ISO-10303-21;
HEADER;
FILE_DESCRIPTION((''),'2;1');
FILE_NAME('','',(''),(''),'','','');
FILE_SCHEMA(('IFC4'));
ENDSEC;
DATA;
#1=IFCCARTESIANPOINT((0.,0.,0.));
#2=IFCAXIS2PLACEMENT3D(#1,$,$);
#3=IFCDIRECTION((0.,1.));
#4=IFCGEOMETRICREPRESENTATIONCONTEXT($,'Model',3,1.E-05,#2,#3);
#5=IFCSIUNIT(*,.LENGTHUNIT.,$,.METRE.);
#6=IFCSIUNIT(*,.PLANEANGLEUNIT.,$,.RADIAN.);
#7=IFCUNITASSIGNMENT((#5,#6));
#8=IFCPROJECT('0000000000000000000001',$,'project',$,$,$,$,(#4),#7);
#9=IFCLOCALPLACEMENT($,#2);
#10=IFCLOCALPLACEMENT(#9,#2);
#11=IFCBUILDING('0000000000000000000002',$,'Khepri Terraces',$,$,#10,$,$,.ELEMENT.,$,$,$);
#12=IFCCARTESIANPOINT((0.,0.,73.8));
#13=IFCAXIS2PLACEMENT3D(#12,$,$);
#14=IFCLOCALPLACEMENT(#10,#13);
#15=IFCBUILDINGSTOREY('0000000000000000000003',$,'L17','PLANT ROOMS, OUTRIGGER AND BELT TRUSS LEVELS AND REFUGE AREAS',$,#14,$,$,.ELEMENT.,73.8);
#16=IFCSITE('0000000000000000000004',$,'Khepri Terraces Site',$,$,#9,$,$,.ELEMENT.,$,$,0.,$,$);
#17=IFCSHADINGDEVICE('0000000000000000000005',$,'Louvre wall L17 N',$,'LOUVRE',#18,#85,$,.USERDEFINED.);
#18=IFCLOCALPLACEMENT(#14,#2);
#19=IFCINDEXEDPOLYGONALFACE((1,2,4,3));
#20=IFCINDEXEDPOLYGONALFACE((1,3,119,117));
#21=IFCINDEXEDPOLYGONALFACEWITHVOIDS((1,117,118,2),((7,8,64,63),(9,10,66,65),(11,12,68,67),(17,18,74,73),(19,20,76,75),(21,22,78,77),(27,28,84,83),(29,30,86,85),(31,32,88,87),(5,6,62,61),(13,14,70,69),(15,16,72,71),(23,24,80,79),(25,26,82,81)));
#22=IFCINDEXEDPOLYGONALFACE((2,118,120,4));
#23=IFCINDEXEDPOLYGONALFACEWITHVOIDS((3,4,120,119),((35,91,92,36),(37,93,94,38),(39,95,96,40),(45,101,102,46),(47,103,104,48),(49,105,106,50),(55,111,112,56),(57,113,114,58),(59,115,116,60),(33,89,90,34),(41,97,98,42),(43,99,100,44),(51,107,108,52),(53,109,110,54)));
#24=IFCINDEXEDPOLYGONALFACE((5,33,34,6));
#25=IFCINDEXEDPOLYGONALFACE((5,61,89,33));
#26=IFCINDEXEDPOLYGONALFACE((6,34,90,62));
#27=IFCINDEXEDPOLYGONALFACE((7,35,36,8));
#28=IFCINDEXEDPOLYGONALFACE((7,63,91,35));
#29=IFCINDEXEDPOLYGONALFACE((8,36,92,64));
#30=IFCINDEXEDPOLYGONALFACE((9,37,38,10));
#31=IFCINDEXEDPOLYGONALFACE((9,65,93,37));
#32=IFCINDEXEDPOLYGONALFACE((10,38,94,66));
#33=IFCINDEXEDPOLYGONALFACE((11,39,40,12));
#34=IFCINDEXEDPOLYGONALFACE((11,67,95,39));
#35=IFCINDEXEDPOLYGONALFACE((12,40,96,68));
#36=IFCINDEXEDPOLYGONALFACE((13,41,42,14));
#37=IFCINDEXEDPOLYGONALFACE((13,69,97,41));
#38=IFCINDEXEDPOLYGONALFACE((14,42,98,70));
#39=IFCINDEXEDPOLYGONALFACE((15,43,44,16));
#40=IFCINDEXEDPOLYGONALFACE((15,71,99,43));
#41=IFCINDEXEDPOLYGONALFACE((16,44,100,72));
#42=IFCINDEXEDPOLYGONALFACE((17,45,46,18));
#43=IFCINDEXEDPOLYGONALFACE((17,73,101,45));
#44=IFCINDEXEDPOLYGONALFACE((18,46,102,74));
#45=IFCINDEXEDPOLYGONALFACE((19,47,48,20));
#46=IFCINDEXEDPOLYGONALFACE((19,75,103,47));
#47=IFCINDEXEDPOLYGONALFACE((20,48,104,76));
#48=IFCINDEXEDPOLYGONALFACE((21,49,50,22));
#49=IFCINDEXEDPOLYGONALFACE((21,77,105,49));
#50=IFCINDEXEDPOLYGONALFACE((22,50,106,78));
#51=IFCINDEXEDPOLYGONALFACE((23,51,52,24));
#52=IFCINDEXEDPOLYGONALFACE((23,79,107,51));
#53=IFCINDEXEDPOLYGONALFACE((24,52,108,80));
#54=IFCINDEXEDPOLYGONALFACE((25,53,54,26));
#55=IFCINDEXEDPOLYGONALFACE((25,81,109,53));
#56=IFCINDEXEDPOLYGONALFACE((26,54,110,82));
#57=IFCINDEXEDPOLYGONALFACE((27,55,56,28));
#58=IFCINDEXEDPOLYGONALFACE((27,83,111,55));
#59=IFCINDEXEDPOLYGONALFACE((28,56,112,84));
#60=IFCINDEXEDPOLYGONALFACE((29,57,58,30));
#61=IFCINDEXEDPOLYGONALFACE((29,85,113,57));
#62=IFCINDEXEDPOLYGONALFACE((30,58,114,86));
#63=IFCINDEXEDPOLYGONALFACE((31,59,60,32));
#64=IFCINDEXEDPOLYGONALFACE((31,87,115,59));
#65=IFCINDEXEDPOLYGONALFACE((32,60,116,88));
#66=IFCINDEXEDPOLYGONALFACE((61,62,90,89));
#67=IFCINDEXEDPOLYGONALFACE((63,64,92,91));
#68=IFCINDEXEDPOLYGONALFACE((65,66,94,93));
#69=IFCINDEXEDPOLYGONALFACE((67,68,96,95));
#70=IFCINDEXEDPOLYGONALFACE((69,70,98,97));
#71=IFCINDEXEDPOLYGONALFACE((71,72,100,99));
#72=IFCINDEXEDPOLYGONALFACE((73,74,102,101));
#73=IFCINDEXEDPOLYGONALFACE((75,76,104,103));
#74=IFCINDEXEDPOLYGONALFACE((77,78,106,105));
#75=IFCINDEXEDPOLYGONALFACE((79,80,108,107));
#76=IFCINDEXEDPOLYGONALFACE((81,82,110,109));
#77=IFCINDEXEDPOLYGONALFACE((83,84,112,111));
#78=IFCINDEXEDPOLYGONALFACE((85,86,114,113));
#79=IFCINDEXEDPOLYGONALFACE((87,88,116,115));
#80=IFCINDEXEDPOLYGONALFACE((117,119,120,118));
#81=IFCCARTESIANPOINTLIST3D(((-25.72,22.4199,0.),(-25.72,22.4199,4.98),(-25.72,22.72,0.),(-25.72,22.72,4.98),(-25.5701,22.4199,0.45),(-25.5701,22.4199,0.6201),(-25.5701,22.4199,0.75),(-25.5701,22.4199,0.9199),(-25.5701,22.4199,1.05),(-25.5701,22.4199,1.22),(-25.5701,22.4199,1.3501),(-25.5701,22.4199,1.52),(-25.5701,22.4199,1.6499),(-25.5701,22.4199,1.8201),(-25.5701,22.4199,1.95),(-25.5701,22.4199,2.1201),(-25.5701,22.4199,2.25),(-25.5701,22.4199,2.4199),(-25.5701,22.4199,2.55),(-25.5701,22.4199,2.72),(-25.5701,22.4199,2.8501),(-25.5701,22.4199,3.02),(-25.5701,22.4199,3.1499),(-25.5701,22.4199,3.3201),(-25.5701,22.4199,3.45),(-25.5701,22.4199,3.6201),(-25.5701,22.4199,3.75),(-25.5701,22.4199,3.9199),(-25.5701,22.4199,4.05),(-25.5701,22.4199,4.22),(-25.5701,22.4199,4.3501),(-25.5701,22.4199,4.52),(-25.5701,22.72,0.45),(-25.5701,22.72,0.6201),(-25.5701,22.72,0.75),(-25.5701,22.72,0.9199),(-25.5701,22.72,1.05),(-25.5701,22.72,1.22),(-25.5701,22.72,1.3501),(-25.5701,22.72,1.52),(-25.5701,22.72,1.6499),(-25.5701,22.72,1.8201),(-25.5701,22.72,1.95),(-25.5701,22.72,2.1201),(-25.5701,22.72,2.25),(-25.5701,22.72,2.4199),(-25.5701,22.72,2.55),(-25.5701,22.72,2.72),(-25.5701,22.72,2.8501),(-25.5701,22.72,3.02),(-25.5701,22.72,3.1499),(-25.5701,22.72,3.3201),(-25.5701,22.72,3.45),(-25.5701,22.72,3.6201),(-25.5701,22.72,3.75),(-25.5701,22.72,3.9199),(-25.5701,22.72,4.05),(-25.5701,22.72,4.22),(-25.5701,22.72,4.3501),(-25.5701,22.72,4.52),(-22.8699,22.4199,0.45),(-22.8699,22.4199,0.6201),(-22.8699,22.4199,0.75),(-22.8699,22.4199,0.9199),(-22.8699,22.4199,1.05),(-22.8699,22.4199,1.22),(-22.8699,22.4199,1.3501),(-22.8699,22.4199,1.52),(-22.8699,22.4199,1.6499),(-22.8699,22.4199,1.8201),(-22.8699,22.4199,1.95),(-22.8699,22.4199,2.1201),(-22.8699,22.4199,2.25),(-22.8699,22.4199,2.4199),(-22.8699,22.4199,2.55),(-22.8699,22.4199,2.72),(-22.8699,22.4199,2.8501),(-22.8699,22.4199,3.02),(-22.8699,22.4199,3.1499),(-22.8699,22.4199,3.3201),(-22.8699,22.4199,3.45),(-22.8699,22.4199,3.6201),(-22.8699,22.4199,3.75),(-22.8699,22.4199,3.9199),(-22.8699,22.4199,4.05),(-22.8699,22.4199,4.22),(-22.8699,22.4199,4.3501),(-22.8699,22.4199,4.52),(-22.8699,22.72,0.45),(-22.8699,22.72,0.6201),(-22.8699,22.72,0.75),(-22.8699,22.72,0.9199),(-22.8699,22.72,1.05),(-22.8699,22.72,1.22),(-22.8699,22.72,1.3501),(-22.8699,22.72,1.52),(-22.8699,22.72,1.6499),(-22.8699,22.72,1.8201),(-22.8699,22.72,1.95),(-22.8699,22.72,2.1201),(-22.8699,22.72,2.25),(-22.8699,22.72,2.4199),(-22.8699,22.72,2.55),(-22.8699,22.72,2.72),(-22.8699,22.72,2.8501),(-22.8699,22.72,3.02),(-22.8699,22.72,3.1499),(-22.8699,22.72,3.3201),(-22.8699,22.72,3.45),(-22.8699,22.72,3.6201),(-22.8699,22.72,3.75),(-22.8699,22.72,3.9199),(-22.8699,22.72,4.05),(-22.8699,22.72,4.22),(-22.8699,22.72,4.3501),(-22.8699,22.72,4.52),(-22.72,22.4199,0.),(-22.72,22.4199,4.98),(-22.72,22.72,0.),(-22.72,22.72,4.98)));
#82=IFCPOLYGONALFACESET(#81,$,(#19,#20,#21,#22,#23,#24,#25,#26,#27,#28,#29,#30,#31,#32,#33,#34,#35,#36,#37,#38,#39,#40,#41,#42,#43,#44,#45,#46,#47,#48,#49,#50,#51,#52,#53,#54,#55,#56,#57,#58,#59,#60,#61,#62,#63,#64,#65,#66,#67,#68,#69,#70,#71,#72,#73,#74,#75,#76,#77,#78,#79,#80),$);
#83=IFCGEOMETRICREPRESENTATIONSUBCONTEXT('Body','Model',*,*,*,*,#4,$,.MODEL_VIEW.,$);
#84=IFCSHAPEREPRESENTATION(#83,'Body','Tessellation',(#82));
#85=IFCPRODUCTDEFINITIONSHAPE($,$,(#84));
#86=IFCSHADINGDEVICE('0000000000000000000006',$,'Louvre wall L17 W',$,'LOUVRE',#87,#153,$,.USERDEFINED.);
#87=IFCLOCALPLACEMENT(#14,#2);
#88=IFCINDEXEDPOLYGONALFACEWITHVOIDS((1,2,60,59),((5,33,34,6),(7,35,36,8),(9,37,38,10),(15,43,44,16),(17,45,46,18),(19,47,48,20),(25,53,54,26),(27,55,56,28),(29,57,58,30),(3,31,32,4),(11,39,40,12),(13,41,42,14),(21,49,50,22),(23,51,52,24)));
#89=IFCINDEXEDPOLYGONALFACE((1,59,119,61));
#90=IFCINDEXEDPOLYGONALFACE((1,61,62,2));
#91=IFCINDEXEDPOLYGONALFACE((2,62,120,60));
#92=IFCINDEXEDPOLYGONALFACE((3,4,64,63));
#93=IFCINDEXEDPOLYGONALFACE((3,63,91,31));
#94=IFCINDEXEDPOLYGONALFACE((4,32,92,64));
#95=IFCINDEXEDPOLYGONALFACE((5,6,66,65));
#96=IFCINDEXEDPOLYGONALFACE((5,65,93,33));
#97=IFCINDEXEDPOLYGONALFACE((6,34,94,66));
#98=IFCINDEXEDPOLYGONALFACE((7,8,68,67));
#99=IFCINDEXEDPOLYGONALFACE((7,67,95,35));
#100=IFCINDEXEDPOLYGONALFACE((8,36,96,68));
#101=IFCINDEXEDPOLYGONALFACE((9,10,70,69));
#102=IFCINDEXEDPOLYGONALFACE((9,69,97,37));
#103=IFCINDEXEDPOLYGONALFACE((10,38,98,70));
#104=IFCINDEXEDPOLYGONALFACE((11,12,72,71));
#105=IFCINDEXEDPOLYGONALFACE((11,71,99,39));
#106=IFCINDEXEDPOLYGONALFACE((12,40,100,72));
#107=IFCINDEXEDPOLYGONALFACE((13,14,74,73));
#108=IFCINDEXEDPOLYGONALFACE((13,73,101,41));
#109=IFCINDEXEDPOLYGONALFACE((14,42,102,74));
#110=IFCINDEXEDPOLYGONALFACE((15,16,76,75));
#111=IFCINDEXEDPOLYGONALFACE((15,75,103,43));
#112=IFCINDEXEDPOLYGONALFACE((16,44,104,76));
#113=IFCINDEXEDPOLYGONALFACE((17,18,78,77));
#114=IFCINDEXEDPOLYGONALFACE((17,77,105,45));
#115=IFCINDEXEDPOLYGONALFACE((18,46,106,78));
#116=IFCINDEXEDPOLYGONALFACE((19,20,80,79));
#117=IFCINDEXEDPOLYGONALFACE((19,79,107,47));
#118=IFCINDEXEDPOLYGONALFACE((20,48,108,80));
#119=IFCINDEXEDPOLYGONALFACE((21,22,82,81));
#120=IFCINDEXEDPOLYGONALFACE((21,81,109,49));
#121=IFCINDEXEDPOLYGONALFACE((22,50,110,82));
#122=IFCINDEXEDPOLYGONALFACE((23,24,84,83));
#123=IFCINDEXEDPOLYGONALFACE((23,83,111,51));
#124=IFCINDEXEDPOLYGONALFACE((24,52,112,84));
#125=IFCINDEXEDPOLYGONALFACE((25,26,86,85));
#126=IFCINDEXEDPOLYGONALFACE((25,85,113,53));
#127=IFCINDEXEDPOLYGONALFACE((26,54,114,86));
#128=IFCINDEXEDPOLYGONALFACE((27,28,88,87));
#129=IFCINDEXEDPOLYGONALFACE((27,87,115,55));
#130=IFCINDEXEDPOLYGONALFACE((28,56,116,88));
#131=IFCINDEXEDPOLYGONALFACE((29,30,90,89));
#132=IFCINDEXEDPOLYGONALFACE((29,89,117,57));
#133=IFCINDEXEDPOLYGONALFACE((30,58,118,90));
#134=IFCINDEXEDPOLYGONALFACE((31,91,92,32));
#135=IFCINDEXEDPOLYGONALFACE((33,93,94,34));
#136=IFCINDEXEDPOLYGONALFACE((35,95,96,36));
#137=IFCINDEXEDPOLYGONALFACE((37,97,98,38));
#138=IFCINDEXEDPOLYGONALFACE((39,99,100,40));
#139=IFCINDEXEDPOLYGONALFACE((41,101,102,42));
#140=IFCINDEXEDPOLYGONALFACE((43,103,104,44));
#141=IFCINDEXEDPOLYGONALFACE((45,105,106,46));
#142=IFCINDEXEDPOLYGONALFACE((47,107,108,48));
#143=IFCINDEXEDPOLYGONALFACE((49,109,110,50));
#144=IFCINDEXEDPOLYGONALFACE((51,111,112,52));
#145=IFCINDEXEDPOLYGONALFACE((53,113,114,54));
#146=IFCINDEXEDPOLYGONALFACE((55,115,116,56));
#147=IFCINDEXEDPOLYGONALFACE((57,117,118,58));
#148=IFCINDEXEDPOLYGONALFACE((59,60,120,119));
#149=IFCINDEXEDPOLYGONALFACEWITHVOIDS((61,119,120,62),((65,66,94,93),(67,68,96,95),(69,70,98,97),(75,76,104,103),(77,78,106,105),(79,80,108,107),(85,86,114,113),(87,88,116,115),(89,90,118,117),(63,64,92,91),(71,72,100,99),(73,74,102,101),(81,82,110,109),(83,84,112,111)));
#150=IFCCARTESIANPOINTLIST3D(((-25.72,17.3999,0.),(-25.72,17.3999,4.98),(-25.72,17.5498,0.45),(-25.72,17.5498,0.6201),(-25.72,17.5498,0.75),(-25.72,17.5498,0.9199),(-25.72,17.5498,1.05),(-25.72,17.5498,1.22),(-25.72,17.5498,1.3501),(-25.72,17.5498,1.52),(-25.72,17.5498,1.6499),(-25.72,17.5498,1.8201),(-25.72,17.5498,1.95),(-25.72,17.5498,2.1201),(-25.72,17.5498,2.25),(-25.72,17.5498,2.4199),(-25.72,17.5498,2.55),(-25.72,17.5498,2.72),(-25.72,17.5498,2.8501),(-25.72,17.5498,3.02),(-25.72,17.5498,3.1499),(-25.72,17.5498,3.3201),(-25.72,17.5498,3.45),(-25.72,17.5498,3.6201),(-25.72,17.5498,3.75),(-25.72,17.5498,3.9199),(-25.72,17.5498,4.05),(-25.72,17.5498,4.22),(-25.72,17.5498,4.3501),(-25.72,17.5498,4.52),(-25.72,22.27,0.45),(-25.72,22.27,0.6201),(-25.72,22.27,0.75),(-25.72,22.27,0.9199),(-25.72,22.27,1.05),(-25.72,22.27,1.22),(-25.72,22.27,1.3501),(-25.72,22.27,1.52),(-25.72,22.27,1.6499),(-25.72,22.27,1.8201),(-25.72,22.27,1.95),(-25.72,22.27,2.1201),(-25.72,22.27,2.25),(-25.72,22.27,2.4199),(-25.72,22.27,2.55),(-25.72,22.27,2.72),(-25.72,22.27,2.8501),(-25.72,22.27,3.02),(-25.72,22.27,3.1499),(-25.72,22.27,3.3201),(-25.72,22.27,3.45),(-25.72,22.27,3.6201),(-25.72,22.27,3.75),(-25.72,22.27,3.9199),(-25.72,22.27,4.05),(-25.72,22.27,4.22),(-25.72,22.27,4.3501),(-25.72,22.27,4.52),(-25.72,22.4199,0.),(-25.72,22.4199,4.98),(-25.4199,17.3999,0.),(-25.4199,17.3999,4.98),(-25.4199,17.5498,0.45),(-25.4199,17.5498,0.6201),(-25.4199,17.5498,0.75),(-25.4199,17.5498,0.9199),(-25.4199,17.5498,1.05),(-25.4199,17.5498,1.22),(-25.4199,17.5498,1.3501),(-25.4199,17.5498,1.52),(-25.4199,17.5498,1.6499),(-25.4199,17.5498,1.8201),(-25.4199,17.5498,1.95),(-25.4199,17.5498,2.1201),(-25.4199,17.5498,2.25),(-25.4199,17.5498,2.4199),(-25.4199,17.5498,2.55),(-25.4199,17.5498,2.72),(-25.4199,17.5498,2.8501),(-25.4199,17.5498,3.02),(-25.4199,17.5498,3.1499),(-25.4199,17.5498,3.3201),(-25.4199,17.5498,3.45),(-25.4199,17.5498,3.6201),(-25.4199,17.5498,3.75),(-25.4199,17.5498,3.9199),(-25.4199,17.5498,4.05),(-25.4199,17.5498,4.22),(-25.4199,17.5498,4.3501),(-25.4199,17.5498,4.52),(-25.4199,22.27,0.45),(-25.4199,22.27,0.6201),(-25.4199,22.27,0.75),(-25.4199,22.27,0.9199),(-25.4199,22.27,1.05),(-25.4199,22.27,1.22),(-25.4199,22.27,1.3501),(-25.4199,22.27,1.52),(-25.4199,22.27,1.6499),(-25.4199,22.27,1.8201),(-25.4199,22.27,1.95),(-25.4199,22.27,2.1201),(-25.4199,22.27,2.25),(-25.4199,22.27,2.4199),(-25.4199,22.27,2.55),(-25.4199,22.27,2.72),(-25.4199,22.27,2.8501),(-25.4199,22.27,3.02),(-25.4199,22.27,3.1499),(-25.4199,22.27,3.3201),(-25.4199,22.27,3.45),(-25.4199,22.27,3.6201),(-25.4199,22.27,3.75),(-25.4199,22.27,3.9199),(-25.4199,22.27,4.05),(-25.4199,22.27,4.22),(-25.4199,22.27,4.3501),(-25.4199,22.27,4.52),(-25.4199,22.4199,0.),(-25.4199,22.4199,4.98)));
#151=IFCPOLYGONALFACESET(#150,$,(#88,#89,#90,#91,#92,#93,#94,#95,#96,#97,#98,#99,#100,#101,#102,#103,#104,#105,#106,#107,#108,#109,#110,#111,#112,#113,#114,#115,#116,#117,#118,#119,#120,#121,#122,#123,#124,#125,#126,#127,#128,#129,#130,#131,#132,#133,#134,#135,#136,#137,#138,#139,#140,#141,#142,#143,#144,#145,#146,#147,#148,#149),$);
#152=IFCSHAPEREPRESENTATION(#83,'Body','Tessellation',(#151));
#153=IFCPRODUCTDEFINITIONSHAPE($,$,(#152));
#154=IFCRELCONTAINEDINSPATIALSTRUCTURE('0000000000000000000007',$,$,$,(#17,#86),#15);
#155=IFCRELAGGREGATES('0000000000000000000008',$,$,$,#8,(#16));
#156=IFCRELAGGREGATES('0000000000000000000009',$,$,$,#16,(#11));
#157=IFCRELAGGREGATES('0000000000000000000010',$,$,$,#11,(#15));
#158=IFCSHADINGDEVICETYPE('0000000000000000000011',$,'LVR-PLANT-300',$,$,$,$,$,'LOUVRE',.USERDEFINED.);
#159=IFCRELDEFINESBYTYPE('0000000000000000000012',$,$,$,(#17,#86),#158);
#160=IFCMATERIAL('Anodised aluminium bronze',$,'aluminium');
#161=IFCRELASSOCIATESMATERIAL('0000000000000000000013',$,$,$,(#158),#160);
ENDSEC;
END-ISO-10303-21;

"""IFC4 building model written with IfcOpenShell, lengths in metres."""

from ifc_helpers import new_model, si_unit, direction, frame, origin, place, context, subcontext, project, spatial, polyline, outline, extrude, material, type_object, element, save


model = new_model("IFC4")

# Units and contexts
model_context = context("Model", 3, precision=1e-05, world=origin(), true_north=direction((0.0, 1.0)))
body_context = subcontext(model_context, "Body", "Model", "MODEL_VIEW")
ifc_project = project(units=[si_unit("LENGTHUNIT", "METRE"), si_unit("PLANEANGLEUNIT", "RADIAN")], contexts=[model_context])

# Site, building, storey
site_placement = place(None, origin())
site = spatial("IfcSite", under=ifc_project, at=site_placement, Name="Khepri Terraces Site", CompositionType="ELEMENT", RefElevation=0.0)
building_placement = place(site_placement, origin())
building = spatial("IfcBuilding", under=site, at=building_placement, Name="Khepri Terraces", CompositionType="ELEMENT")
storey_placement = place(building_placement, frame((0.0, 0.0, 73.8)))
storey = spatial("IfcBuildingStorey", under=building, at=storey_placement, Name="L17", Description="PLANT ROOMS, OUTRIGGER AND BELT TRUSS LEVELS AND REFUGE AREAS", CompositionType="ELEMENT", Elevation=73.8)

# Shading devices
ifc_material_1 = material(Name="Anodised aluminium bronze", Category="aluminium")
shading_device_type = type_object("IfcShadingDeviceType", Name="LVR-PLANT-300", ElementType="LOUVRE", PredefinedType="USERDEFINED", material=ifc_material_1)
shading_device_1_placement = place(storey_placement, frame((-22.72, 22.4199, 0.0), z_axis=(0.0, 1.0, 0.0), x_axis=(-1.0, 0.0, 0.0)))
element("IfcShadingDevice", 1, at=shading_device_1_placement, inside=storey, type_object=shading_device_type, Name="Louvre wall L17 N", ObjectType="LOUVRE", PredefinedType="USERDEFINED", context=body_context, shape_type="SweptSolid", body=[
    extrude(outline(polyline([(0.0, 0.0), (3.0, 0.0), (3.0, 4.98), (0.0, 4.98), (0.0, 0.0)]), holes=[polyline([(0.1499, 0.45), (2.8501, 0.45), (2.8501, 0.6201), (0.1499, 0.6201), (0.1499, 0.45)]), polyline([(0.1499, 0.75), (2.8501, 0.75), (2.8501, 0.9199), (0.1499, 0.9199), (0.1499, 0.75)]), polyline([(0.1499, 1.05), (2.8501, 1.05), (2.8501, 1.22), (0.1499, 1.22), (0.1499, 1.05)]), polyline([(0.1499, 1.3501), (2.8501, 1.3501), (2.8501, 1.52), (0.1499, 1.52), (0.1499, 1.3501)]), polyline([(0.1499, 1.6499), (2.8501, 1.6499), (2.8501, 1.8201), (0.1499, 1.8201), (0.1499, 1.6499)]), polyline([(0.1499, 1.95), (2.8501, 1.95), (2.8501, 2.1201), (0.1499, 2.1201), (0.1499, 1.95)]), polyline([(0.1499, 2.25), (2.8501, 2.25), (2.8501, 2.4199), (0.1499, 2.4199), (0.1499, 2.25)]), polyline([(0.1499, 2.55), (2.8501, 2.55), (2.8501, 2.72), (0.1499, 2.72), (0.1499, 2.55)]), polyline([(0.1499, 2.8501), (2.8501, 2.8501), (2.8501, 3.02), (0.1499, 3.02), (0.1499, 2.8501)]), polyline([(0.1499, 3.1499), (2.8501, 3.1499), (2.8501, 3.3201), (0.1499, 3.3201), (0.1499, 3.1499)]), polyline([(0.1499, 3.45), (2.8501, 3.45), (2.8501, 3.6201), (0.1499, 3.6201), (0.1499, 3.45)]), polyline([(0.1499, 3.75), (2.8501, 3.75), (2.8501, 3.9199), (0.1499, 3.9199), (0.1499, 3.75)]), polyline([(0.1499, 4.05), (2.8501, 4.05), (2.8501, 4.22), (0.1499, 4.22), (0.1499, 4.05)]), polyline([(0.1499, 4.3501), (2.8501, 4.3501), (2.8501, 4.52), (0.1499, 4.52), (0.1499, 4.3501)])]), origin(), (0.0, 0.0, 1.0), 0.3),
])
shading_device_2_placement = place(storey_placement, frame((-25.4199, 22.4199, 0.0), z_axis=(-1.0, 0.0, 0.0), x_axis=(0.0, -1.0, 0.0)))
element("IfcShadingDevice", 2, at=shading_device_2_placement, inside=storey, type_object=shading_device_type, Name="Louvre wall L17 W", ObjectType="LOUVRE", PredefinedType="USERDEFINED", context=body_context, shape_type="SweptSolid", body=[
    extrude(outline(polyline([(0.0, 0.0), (5.02, 0.0), (5.02, 4.98), (0.0, 4.98), (0.0, 0.0)]), holes=[polyline([(0.1499, 0.45), (4.8701, 0.45), (4.8701, 0.6201), (0.1499, 0.6201), (0.1499, 0.45)]), polyline([(0.1499, 0.75), (4.8701, 0.75), (4.8701, 0.9199), (0.1499, 0.9199), (0.1499, 0.75)]), polyline([(0.1499, 1.05), (4.8701, 1.05), (4.8701, 1.22), (0.1499, 1.22), (0.1499, 1.05)]), polyline([(0.1499, 1.3501), (4.8701, 1.3501), (4.8701, 1.52), (0.1499, 1.52), (0.1499, 1.3501)]), polyline([(0.1499, 1.6499), (4.8701, 1.6499), (4.8701, 1.8201), (0.1499, 1.8201), (0.1499, 1.6499)]), polyline([(0.1499, 1.95), (4.8701, 1.95), (4.8701, 2.1201), (0.1499, 2.1201), (0.1499, 1.95)]), polyline([(0.1499, 2.25), (4.8701, 2.25), (4.8701, 2.4199), (0.1499, 2.4199), (0.1499, 2.25)]), polyline([(0.1499, 2.55), (4.8701, 2.55), (4.8701, 2.72), (0.1499, 2.72), (0.1499, 2.55)]), polyline([(0.1499, 2.8501), (4.8701, 2.8501), (4.8701, 3.02), (0.1499, 3.02), (0.1499, 2.8501)]), polyline([(0.1499, 3.1499), (4.8701, 3.1499), (4.8701, 3.3201), (0.1499, 3.3201), (0.1499, 3.1499)]), polyline([(0.1499, 3.45), (4.8701, 3.45), (4.8701, 3.6201), (0.1499, 3.6201), (0.1499, 3.45)]), polyline([(0.1499, 3.75), (4.8701, 3.75), (4.8701, 3.9199), (0.1499, 3.9199), (0.1499, 3.75)]), polyline([(0.1499, 4.05), (4.8701, 4.05), (4.8701, 4.22), (0.1499, 4.22), (0.1499, 4.05)]), polyline([(0.1499, 4.3501), (4.8701, 4.3501), (4.8701, 4.52), (0.1499, 4.52), (0.1499, 4.3501)])]), origin(), (0.0, 0.0, 1.0), 0.3),
])

save(model, "model.ifc")
